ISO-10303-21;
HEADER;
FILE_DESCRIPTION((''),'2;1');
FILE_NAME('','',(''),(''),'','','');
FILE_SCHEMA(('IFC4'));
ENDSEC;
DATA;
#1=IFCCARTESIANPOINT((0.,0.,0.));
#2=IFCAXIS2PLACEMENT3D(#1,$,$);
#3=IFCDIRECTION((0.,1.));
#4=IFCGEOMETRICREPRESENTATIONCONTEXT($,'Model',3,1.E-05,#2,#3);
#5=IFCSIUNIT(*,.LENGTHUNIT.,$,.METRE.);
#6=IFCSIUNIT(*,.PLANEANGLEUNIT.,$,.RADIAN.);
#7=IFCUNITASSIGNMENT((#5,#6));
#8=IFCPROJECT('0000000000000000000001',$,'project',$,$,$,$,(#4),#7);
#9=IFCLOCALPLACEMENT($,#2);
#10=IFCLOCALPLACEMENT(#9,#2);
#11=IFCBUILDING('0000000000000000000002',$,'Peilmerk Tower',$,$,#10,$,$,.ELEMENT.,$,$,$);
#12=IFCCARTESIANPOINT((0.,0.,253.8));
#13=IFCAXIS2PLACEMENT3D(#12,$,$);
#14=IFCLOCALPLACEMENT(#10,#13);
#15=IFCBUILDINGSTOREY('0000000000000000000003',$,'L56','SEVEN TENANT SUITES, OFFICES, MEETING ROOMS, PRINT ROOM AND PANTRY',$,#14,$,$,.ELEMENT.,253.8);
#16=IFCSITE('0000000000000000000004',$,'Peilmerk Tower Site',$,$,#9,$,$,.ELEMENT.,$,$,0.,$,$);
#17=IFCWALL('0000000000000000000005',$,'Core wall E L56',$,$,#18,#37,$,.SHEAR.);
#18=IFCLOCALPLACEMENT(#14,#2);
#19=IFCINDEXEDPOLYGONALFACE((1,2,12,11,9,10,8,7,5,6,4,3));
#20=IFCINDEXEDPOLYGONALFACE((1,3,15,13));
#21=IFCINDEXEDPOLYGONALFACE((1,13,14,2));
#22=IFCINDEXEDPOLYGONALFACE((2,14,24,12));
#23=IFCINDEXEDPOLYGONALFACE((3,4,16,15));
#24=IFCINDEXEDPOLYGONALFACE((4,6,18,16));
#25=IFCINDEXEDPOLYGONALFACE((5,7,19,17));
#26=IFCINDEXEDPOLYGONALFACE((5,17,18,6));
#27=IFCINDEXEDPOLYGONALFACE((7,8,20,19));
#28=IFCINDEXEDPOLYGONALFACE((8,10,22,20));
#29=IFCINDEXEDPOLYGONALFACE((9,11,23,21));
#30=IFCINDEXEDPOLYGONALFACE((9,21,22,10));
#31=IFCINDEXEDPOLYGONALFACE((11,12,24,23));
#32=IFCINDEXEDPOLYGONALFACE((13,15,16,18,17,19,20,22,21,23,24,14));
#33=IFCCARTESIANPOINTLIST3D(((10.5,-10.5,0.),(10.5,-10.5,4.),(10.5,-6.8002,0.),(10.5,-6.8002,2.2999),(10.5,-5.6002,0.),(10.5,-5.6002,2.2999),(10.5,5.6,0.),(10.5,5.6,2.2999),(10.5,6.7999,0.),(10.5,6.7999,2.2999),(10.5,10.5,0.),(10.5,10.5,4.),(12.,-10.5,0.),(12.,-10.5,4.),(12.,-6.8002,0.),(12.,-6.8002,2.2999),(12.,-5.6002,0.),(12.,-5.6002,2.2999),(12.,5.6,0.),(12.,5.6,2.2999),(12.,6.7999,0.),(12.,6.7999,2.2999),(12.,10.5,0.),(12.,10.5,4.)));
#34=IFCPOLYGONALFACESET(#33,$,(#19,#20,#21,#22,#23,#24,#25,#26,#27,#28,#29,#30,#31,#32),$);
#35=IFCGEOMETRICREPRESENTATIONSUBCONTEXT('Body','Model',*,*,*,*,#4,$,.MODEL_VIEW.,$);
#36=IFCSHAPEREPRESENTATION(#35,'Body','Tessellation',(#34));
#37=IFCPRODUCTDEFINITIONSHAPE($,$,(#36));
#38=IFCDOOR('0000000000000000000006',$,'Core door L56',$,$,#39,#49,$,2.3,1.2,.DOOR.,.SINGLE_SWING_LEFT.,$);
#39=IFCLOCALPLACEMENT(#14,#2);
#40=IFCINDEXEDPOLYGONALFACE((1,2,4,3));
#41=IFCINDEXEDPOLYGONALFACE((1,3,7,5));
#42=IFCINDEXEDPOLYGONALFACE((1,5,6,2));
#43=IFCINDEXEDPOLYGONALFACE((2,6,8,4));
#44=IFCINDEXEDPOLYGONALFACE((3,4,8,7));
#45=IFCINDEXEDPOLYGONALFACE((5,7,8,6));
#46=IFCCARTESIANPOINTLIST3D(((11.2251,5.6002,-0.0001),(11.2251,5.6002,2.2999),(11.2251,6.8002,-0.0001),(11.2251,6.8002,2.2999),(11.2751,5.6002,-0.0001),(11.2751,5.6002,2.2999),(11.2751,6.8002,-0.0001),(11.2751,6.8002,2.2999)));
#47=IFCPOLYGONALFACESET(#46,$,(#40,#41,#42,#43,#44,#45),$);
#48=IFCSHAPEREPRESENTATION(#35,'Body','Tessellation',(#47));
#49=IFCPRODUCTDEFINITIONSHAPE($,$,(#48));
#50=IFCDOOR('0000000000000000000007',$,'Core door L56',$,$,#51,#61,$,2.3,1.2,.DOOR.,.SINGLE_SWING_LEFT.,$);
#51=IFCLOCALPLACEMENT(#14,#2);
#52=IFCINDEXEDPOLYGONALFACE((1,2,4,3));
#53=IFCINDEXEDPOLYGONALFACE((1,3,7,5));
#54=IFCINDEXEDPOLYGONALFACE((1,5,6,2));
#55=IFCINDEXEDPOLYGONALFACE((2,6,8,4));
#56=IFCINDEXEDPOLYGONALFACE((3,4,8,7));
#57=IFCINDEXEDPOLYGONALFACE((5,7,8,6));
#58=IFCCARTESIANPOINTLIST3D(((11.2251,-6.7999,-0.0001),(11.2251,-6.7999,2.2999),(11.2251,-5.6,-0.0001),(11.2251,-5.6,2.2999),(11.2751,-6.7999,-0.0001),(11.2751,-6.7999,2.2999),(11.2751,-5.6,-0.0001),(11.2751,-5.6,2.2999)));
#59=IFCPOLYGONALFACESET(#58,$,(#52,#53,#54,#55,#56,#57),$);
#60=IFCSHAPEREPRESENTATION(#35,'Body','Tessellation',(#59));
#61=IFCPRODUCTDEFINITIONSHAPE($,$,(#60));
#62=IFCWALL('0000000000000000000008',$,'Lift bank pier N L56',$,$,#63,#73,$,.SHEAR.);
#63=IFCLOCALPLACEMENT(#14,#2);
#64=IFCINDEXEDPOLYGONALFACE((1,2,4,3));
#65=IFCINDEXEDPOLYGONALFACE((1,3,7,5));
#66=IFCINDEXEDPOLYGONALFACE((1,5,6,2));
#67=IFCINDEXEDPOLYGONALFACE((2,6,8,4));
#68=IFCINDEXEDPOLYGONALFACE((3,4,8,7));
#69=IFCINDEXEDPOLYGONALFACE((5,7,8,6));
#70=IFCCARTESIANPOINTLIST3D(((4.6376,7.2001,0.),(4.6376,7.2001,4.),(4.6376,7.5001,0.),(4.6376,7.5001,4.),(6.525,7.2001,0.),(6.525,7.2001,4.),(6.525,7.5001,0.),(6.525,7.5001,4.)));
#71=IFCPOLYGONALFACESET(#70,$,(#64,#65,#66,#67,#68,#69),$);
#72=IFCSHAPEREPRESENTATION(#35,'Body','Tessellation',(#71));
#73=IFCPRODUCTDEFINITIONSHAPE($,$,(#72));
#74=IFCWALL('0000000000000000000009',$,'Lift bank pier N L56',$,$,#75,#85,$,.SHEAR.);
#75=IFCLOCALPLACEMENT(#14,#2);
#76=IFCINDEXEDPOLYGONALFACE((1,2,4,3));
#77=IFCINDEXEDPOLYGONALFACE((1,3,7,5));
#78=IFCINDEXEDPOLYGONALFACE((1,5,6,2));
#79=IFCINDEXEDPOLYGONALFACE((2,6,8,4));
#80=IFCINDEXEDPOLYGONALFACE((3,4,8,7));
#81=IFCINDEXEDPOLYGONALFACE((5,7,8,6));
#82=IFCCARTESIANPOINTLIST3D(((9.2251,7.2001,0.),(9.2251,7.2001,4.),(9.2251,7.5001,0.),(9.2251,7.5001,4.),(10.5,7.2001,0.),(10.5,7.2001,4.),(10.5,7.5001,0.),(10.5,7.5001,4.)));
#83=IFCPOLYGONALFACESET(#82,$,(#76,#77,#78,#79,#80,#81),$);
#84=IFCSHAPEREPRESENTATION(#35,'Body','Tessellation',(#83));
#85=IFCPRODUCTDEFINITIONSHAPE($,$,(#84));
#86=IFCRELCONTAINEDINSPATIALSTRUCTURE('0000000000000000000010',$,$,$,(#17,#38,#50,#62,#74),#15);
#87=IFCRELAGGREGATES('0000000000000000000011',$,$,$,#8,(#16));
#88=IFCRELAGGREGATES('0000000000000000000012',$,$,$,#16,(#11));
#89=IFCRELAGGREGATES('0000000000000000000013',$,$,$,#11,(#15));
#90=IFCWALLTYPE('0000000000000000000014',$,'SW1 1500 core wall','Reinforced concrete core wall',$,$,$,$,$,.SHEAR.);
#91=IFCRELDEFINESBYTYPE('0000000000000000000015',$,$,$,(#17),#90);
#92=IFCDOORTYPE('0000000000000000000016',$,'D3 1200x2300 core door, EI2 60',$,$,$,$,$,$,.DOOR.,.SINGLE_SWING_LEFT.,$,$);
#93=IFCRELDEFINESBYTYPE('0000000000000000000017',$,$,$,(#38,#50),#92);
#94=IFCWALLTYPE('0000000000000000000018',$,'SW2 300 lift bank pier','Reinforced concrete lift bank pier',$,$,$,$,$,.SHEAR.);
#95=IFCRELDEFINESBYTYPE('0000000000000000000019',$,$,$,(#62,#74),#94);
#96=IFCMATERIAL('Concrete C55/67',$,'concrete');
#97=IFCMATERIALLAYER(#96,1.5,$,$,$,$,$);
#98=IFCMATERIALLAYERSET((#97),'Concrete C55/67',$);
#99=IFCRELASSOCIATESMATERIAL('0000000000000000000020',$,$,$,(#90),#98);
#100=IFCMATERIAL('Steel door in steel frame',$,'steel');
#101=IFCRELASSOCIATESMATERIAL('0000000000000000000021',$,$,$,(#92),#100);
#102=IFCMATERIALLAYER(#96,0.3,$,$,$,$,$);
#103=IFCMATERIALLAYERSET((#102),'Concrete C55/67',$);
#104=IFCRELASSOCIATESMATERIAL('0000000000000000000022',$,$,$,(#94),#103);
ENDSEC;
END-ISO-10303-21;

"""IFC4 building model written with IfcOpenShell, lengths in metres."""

from ifc_helpers import new_model, si_unit, direction, frame, frame_2d, origin, place, context, subcontext, project, spatial, rectangle, extrude, material, layer, layer_set, type_object, element, fill, save


model = new_model("IFC4")

# Units and contexts
model_context = context("Model", 3, precision=1e-05, world=origin(), true_north=direction((0.0, 1.0)))
body_context = subcontext(model_context, "Body", "Model", "MODEL_VIEW")
ifc_project = project(units=[si_unit("LENGTHUNIT", "METRE"), si_unit("PLANEANGLEUNIT", "RADIAN")], contexts=[model_context])

# Site, building, storey
site_placement = place(None, origin())
site = spatial("IfcSite", under=ifc_project, at=site_placement, Name="Peilmerk Tower Site", CompositionType="ELEMENT", RefElevation=0.0)
building_placement = place(site_placement, origin())
building = spatial("IfcBuilding", under=site, at=building_placement, Name="Peilmerk Tower", CompositionType="ELEMENT")
storey_placement = place(building_placement, frame((0.0, 0.0, 253.8)))
storey = spatial("IfcBuildingStorey", under=building, at=storey_placement, Name="L56", Description="SEVEN TENANT SUITES, OFFICES, MEETING ROOMS, PRINT ROOM AND PANTRY", CompositionType="ELEMENT", Elevation=253.8)

# Shared definitions
ifc_material_1 = material(Name="Steel door in steel frame", Category="steel")

# Wall, openings, doors
ifc_material_2 = material(Name="Concrete C55/67", Category="concrete")
ifc_layer_1 = layer(ifc_material_2, 1.5)
ifc_layer_set_1 = layer_set([ifc_layer_1], Name="Concrete C55/67")
wall_type_1 = type_object("IfcWallType", Name="SW1 1500 core wall", Description="Reinforced concrete core wall", PredefinedType="SHEAR", material=ifc_layer_set_1)
wall_1_placement = place(storey_placement, frame((11.25, 10.5, 0.0), z_axis=(0.0, 0.0, 1.0), x_axis=(0.0, -1.0, 0.0)))
wall_1 = element("IfcWall", 1, at=wall_1_placement, inside=storey, type_object=wall_type_1, Name="Core wall E L56", PredefinedType="SHEAR", context=body_context, shape_type="SweptSolid", body=[
    extrude(rectangle(XDim=21.0, YDim=1.5, at=frame_2d((10.5, 0.0))), origin(), (0.0, 0.0, 1.0), 4.0),
])
opening_1_placement = place(wall_1_placement, frame((3.7, 0.0, 0.0)))
opening_1 = element("IfcOpeningElement", 2, at=opening_1_placement, cuts=wall_1, PredefinedType="OPENING", context=body_context, shape_type="SweptSolid", body=[
    extrude(rectangle(XDim=1.2, YDim=2.3, at=frame_2d((0.6001, 1.1499))), frame((0.0, 0.76, 0.0), z_axis=(0.0, -1.0, 0.0), x_axis=(1.0, 0.0, 0.0)), (0.0, 0.0, 1.0), 1.52),
])
opening_2_placement = place(wall_1_placement, frame((16.1001, 0.0, 0.0)))
opening_2 = element("IfcOpeningElement", 3, at=opening_2_placement, cuts=wall_1, PredefinedType="OPENING", context=body_context, shape_type="SweptSolid", body=[
    extrude(rectangle(XDim=1.2, YDim=2.3, at=frame_2d((0.6001, 1.1499))), frame((0.0, 0.76, 0.0), z_axis=(0.0, -1.0, 0.0), x_axis=(1.0, 0.0, 0.0)), (0.0, 0.0, 1.0), 1.52),
])
door_type_1 = type_object("IfcDoorType", Name="D3 1200x2300 core door, EI2 60", OperationType="SINGLE_SWING_LEFT", PredefinedType="DOOR", material=ifc_material_1)
door_1_placement = place(opening_1_placement, frame((1.2, 0.0, 0.0), z_axis=(0.0, 0.0, 1.0), x_axis=(-1.0, 0.0, 0.0)))
door_1 = element("IfcDoor", 4, at=door_1_placement, inside=storey, type_object=door_type_1, Name="Core door L56", OperationType="SINGLE_SWING_LEFT", OverallHeight=2.3, OverallWidth=1.2, PredefinedType="DOOR", context=body_context, shape_type="SweptSolid", body=[
    extrude(rectangle(XDim=1.2, YDim=2.3, at=frame_2d((0.6001, 1.1499))), frame((0.0, 0.0249, 0.0), z_axis=(0.0, -1.0, 0.0), x_axis=(1.0, 0.0, 0.0)), (0.0, 0.0, 1.0), 0.05),
])
fill(opening_1, door_1)
door_2_placement = place(opening_2_placement, frame((1.2, 0.0, 0.0), z_axis=(0.0, 0.0, 1.0), x_axis=(-1.0, 0.0, 0.0)))
door_2 = element("IfcDoor", 5, at=door_2_placement, inside=storey, type_object=door_type_1, Name="Core door L56", OperationType="SINGLE_SWING_LEFT", OverallHeight=2.3, OverallWidth=1.2, PredefinedType="DOOR", context=body_context, shape_type="SweptSolid", body=[
    extrude(rectangle(XDim=1.2, YDim=2.3, at=frame_2d((0.6001, 1.1499))), frame((0.0, 0.0249, 0.0), z_axis=(0.0, -1.0, 0.0), x_axis=(1.0, 0.0, 0.0)), (0.0, 0.0, 1.0), 0.05),
])
fill(opening_2, door_2)

# Walls
ifc_layer_2 = layer(ifc_material_2, 0.3)
ifc_layer_set_2 = layer_set([ifc_layer_2], Name="Concrete C55/67")
wall_type_2 = type_object("IfcWallType", Name="SW2 300 lift bank pier", Description="Reinforced concrete lift bank pier", PredefinedType="SHEAR", material=ifc_layer_set_2)
wall_2_placement = place(storey_placement, frame((4.6375, 7.3501, 0.0), z_axis=(0.0, 0.0, 1.0), x_axis=(1.0, 0.0, 0.0)))
element("IfcWall", 6, at=wall_2_placement, inside=storey, type_object=wall_type_2, Name="Lift bank pier N L56", PredefinedType="SHEAR", context=body_context, shape_type="SweptSolid", body=[
    extrude(rectangle(XDim=1.8875, YDim=0.3, at=frame_2d((0.9438, 0.0))), origin(), (0.0, 0.0, 1.0), 4.0),
])
wall_3_placement = place(storey_placement, frame((9.2251, 7.3501, 0.0), z_axis=(0.0, 0.0, 1.0), x_axis=(1.0, 0.0, 0.0)))
element("IfcWall", 7, at=wall_3_placement, inside=storey, type_object=wall_type_2, Name="Lift bank pier N L56", PredefinedType="SHEAR", context=body_context, shape_type="SweptSolid", body=[
    extrude(rectangle(XDim=1.2749, YDim=0.3, at=frame_2d((0.6375, 0.0))), origin(), (0.0, 0.0, 1.0), 4.0),
])

save(model, "model.ifc")
